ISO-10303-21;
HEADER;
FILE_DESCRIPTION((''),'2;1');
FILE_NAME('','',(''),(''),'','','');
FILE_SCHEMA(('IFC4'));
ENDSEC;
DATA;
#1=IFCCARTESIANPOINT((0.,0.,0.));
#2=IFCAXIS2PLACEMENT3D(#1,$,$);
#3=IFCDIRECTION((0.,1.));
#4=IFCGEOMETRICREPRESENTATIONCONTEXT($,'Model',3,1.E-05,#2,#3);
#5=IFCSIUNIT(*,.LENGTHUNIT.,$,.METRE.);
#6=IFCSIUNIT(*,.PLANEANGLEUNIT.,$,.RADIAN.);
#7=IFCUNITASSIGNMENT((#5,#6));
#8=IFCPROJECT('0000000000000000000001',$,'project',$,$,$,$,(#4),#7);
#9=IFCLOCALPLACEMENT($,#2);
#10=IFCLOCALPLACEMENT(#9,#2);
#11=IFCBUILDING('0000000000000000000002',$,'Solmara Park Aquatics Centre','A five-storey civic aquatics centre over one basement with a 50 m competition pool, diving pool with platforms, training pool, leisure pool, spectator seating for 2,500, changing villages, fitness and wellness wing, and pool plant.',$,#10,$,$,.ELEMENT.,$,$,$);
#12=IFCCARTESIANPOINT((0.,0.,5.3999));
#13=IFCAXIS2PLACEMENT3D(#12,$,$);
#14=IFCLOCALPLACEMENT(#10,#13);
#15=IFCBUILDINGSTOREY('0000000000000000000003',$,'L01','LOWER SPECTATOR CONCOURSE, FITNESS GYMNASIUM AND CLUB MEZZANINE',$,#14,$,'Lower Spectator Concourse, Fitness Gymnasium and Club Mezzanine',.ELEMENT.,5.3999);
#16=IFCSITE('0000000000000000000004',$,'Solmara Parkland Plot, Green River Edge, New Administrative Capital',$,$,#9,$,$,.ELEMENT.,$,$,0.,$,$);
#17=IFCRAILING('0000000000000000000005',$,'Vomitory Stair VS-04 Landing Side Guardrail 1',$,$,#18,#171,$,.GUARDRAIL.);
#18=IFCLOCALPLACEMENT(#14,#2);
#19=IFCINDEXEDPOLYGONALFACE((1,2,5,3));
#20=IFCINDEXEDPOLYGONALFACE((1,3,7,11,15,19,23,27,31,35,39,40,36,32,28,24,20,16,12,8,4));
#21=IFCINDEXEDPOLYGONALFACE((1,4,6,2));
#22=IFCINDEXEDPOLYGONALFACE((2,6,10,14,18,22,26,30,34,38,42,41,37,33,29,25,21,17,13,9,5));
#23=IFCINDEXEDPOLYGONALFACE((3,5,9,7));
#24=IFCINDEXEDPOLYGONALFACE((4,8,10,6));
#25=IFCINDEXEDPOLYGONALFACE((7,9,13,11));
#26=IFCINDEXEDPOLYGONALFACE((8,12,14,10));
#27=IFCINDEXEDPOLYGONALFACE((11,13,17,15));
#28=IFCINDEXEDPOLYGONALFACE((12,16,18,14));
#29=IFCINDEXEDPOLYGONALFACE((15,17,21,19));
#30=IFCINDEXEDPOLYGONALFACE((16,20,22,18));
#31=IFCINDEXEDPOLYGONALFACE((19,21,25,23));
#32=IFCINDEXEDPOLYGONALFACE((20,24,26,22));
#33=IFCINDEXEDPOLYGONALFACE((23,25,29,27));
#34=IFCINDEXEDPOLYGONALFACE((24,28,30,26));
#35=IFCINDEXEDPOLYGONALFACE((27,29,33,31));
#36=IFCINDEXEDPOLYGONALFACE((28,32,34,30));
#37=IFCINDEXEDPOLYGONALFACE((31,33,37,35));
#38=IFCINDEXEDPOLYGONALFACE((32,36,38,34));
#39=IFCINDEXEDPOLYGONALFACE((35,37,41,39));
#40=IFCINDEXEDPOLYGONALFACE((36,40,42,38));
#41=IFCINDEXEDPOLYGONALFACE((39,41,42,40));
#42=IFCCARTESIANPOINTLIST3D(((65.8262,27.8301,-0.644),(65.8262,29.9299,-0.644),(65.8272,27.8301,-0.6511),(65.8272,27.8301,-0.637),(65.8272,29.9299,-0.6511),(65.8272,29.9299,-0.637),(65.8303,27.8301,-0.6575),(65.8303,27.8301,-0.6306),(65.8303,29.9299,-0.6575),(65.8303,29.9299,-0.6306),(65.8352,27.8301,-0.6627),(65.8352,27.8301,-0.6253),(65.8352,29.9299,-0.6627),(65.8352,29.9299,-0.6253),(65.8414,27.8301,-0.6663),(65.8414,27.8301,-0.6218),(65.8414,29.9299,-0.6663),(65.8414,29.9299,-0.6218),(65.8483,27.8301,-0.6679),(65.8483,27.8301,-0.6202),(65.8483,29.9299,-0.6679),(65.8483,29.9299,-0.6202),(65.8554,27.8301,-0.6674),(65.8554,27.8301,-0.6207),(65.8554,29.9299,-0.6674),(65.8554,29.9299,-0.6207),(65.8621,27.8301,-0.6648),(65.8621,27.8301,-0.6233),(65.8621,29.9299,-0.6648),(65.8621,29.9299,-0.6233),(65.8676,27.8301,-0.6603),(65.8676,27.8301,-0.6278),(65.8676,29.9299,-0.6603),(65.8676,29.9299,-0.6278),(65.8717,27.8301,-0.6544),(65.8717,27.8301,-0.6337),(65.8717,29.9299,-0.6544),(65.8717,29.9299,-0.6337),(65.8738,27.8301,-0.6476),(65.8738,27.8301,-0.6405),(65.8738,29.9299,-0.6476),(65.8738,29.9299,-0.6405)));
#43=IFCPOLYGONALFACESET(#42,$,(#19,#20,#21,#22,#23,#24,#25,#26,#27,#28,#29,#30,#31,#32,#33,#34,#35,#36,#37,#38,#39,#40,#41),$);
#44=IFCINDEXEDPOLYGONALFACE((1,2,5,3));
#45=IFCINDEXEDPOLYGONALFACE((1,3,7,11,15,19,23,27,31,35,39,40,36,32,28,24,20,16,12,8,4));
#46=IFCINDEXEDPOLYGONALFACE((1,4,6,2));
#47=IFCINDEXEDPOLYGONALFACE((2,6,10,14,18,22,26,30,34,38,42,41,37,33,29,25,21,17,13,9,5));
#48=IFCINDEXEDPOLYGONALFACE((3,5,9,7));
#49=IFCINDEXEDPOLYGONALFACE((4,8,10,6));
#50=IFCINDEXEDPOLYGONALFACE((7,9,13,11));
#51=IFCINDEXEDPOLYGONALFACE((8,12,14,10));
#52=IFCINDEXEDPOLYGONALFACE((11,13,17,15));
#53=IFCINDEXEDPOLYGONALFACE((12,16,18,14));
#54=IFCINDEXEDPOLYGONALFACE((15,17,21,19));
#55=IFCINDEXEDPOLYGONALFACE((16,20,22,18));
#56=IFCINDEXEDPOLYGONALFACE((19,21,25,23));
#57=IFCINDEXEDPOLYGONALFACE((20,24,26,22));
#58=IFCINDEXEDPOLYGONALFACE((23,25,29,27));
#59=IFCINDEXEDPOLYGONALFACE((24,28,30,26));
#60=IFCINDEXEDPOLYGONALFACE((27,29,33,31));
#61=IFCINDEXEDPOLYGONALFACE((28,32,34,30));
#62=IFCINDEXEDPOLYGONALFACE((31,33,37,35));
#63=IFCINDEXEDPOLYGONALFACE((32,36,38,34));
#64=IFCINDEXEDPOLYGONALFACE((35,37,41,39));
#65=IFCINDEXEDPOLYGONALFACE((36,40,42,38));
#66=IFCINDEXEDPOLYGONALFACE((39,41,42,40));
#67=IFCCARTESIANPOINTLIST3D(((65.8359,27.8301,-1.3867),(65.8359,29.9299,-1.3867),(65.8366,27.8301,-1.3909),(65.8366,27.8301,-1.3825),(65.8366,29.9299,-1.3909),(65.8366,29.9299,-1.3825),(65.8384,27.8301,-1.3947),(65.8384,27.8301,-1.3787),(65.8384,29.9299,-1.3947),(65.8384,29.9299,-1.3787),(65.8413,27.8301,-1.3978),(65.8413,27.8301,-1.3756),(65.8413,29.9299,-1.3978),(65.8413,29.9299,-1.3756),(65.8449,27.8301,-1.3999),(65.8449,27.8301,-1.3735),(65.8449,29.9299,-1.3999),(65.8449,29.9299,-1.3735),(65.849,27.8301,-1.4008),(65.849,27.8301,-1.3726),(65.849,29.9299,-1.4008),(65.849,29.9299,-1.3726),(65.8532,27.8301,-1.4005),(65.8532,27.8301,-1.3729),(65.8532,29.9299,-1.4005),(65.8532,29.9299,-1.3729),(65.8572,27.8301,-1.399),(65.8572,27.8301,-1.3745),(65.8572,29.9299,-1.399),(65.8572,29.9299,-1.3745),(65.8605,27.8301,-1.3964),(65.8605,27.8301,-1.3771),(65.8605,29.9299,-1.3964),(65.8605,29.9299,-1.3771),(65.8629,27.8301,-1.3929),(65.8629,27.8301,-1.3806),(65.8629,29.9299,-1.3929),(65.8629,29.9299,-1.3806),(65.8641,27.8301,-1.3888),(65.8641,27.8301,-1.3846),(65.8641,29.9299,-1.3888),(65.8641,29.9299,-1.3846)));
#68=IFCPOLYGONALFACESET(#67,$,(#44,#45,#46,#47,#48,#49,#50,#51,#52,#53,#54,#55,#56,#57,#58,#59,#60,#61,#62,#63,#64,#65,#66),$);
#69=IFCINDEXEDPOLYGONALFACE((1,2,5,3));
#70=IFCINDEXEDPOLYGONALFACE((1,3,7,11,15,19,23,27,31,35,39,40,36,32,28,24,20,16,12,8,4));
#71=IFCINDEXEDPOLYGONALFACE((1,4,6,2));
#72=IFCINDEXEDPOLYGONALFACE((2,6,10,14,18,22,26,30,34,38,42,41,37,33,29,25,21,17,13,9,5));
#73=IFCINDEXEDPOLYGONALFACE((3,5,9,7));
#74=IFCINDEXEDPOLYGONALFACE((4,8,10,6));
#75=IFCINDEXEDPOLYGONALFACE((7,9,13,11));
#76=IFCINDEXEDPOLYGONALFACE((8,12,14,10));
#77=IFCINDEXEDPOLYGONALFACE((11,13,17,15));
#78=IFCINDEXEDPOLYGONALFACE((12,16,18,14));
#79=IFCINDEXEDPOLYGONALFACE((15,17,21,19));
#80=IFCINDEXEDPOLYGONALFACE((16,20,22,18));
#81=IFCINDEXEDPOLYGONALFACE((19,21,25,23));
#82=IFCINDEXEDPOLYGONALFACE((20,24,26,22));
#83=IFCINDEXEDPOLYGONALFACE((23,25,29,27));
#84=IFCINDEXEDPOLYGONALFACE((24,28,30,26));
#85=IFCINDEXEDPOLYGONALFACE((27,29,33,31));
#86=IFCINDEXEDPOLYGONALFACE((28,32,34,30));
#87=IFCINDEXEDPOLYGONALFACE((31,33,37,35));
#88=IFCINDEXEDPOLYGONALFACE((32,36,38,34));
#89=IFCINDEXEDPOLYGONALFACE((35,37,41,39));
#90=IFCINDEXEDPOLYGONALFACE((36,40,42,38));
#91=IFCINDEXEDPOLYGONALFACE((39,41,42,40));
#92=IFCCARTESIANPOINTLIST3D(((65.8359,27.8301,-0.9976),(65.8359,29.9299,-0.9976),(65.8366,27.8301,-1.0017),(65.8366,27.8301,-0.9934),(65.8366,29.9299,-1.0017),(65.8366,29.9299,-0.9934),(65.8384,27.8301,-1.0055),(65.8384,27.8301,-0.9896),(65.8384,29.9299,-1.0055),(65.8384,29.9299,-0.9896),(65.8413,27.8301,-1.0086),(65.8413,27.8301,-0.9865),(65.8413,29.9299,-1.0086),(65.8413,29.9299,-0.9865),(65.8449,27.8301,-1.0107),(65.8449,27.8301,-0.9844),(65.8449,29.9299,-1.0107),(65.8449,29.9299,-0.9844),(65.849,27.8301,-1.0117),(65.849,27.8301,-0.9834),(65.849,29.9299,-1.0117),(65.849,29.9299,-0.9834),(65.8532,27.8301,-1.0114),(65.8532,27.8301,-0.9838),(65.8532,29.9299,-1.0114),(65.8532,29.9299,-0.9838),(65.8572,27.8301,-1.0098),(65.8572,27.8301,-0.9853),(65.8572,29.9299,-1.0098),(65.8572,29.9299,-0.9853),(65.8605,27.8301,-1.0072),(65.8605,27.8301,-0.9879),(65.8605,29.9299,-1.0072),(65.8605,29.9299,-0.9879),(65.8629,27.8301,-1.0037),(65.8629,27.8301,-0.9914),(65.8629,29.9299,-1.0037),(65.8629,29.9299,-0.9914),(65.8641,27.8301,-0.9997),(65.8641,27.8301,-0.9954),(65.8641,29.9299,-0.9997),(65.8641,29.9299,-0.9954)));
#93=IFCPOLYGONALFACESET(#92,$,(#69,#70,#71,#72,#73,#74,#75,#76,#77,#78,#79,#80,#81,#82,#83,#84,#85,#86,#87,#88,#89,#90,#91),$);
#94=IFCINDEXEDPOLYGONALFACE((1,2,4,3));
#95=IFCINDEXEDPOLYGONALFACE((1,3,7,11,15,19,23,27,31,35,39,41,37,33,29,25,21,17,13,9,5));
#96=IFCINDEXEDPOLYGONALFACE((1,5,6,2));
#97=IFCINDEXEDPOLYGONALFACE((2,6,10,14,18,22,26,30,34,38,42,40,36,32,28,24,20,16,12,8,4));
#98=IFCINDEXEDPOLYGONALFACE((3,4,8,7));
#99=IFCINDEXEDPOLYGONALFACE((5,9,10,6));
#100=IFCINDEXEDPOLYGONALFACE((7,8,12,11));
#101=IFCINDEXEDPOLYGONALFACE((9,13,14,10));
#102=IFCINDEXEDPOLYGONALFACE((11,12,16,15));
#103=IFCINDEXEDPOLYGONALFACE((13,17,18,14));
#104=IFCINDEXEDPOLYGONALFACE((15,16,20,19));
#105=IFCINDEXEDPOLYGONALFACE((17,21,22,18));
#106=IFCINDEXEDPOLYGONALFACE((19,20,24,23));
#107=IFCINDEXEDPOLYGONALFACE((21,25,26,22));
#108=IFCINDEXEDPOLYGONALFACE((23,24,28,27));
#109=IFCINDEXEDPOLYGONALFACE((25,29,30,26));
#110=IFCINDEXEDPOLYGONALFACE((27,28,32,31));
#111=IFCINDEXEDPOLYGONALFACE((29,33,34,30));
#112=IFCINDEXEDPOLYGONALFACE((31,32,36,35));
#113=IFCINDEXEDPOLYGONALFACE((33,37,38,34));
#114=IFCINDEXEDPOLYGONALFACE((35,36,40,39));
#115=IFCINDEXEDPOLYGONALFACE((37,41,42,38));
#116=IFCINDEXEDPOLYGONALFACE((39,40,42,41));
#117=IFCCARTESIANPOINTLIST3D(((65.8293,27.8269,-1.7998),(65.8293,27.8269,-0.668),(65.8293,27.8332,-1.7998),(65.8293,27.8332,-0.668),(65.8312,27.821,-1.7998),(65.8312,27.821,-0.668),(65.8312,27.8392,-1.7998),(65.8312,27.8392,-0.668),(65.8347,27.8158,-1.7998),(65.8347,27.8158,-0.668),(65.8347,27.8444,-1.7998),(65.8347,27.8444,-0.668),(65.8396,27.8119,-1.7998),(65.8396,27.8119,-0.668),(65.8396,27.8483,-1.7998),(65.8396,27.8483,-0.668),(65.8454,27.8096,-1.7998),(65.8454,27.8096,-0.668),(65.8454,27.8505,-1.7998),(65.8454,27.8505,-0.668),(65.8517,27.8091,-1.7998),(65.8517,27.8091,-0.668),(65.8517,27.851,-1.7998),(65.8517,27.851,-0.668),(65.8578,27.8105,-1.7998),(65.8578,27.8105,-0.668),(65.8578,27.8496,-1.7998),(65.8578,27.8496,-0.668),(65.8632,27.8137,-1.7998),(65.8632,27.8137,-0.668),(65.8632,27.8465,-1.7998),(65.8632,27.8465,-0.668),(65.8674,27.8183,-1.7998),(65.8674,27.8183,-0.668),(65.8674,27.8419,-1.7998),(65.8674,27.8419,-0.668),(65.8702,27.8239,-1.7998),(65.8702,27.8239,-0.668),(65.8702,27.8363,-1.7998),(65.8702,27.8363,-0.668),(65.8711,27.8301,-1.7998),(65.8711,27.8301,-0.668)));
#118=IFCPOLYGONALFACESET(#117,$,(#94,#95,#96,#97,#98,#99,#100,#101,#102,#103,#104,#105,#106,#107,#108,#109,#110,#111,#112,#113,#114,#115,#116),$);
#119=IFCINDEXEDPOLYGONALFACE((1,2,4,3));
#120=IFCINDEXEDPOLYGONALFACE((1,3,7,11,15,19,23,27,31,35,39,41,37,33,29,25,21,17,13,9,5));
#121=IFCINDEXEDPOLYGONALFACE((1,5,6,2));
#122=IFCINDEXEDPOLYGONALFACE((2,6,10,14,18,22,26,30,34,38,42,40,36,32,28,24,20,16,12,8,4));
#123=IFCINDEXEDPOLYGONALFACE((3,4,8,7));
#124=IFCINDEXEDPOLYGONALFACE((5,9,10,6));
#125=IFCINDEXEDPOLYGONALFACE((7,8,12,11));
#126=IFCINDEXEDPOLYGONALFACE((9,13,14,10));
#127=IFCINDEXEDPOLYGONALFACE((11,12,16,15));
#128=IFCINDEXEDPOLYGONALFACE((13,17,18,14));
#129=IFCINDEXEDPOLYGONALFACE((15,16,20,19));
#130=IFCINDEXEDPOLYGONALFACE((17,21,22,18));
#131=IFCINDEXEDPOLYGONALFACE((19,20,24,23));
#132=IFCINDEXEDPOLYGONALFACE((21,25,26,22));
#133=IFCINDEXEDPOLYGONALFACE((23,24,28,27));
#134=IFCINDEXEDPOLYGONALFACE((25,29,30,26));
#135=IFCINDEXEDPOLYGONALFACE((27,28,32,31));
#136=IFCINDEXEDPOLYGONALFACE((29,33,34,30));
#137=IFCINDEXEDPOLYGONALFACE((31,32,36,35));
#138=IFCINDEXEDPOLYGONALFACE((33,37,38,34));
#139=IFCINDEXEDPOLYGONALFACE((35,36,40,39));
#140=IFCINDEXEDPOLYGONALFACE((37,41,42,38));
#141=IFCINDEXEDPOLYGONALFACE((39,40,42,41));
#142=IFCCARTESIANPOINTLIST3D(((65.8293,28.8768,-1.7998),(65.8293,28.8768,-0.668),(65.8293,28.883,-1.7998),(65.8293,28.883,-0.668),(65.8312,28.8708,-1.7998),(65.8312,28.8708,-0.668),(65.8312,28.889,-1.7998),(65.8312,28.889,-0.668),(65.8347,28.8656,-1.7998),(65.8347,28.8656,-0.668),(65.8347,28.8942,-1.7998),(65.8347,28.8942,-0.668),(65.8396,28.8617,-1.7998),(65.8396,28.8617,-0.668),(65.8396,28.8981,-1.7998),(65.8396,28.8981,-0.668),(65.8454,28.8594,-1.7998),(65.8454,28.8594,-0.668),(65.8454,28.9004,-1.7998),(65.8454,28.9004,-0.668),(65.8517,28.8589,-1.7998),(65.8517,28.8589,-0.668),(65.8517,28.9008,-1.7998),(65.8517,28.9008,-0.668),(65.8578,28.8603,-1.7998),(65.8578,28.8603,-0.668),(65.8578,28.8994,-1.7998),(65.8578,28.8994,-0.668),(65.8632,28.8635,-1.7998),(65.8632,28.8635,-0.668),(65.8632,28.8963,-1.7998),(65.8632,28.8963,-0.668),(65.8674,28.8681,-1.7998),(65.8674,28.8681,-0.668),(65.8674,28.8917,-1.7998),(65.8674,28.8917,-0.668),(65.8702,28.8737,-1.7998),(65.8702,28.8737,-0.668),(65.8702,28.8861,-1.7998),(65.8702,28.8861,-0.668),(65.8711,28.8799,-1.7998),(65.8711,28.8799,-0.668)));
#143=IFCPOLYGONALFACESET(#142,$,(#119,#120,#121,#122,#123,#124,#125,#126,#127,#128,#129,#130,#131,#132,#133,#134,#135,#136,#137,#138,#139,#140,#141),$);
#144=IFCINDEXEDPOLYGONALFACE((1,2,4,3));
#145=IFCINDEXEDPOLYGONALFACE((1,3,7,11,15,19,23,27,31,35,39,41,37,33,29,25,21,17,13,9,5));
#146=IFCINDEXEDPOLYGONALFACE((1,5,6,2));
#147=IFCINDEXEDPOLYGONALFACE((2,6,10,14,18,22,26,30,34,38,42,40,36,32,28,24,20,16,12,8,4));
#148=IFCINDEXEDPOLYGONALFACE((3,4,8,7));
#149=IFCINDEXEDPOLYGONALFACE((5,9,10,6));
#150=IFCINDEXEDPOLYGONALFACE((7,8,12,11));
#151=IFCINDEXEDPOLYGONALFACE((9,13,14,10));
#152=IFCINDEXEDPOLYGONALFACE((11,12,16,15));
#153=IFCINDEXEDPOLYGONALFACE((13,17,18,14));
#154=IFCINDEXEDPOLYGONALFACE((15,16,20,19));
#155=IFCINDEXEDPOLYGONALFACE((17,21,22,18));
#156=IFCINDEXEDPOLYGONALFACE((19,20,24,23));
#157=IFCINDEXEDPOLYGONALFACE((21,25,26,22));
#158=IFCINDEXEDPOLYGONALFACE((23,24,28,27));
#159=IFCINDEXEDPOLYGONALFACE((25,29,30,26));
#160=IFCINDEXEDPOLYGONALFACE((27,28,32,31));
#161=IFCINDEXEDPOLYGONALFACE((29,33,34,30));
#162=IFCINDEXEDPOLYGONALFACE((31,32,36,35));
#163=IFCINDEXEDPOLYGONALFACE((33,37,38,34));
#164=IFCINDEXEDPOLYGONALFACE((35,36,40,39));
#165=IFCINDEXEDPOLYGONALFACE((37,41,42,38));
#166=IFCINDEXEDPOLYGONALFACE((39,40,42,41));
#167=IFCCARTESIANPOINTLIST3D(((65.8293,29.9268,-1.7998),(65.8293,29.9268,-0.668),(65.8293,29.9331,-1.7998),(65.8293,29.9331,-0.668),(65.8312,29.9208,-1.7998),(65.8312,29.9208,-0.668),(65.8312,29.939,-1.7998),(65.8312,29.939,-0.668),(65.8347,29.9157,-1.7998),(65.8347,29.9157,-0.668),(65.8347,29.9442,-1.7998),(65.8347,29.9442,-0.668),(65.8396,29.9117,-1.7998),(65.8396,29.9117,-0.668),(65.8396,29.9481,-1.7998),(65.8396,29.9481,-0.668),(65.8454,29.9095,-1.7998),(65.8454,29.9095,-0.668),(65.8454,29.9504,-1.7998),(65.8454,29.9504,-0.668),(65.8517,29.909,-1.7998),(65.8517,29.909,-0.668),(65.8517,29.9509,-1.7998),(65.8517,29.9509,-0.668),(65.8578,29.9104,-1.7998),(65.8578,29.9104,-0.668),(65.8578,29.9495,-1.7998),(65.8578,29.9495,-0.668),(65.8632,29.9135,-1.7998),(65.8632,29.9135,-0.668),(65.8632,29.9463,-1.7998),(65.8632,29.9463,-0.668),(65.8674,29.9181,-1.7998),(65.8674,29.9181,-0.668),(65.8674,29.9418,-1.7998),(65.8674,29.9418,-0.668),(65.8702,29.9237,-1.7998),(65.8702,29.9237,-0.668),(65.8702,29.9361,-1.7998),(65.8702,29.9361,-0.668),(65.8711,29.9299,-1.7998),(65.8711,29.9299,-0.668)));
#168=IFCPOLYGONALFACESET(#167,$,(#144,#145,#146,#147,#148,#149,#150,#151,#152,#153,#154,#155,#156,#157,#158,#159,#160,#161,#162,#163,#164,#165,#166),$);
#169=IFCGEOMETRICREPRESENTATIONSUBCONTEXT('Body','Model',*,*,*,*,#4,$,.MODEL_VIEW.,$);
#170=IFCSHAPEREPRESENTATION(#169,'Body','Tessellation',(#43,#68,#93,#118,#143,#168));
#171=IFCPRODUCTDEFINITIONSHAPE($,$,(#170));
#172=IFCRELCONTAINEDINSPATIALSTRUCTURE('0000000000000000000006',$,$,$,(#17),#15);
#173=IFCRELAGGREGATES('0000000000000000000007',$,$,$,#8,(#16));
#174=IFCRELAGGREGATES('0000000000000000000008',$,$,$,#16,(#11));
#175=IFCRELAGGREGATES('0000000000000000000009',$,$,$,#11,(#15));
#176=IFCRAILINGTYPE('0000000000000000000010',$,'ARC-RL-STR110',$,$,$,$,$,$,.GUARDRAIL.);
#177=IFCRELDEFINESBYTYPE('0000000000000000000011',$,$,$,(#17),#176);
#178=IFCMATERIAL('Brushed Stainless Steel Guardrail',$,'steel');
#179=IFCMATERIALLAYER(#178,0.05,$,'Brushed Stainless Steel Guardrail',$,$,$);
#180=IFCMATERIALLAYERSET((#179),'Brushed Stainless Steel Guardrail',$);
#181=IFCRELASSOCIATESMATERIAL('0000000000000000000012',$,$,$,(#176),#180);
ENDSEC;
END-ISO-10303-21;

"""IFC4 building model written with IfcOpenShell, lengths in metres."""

from ifc_helpers import new_model, si_unit, direction, frame, origin, origin_2d, place, context, subcontext, project, spatial, circle, extrude, material, layer, layer_set, type_object, element, save


model = new_model("IFC4")

# Units and contexts
model_context = context("Model", 3, precision=1e-05, world=origin(), true_north=direction((0.0, 1.0)))
body_context = subcontext(model_context, "Body", "Model", "MODEL_VIEW")
ifc_project = project(units=[si_unit("LENGTHUNIT", "METRE"), si_unit("PLANEANGLEUNIT", "RADIAN")], contexts=[model_context])

# Site, building, storey
site_placement = place(None, origin())
site = spatial("IfcSite", under=ifc_project, at=site_placement, Name="Solmara Parkland Plot, Green River Edge, New Administrative Capital", CompositionType="ELEMENT", RefElevation=0.0)
building_placement = place(site_placement, origin())
building = spatial("IfcBuilding", under=site, at=building_placement, Name="Solmara Park Aquatics Centre", Description="A five-storey civic aquatics centre over one basement with a 50 m competition pool, diving pool with platforms, training pool, leisure pool, spectator seating for 2,500, changing villages, fitness and wellness wing, and pool plant.", CompositionType="ELEMENT")
storey_placement = place(building_placement, frame((0.0, 0.0, 5.3999)))
storey = spatial("IfcBuildingStorey", under=building, at=storey_placement, Name="L01", Description="LOWER SPECTATOR CONCOURSE, FITNESS GYMNASIUM AND CLUB MEZZANINE", LongName="Lower Spectator Concourse, Fitness Gymnasium and Club Mezzanine", CompositionType="ELEMENT", Elevation=5.3999)

# Railing
ifc_material_1 = material(Name="Brushed Stainless Steel Guardrail", Category="steel")
ifc_layer_1 = layer(ifc_material_1, 0.05, Name="Brushed Stainless Steel Guardrail")
ifc_layer_set_1 = layer_set([ifc_layer_1], Name="Brushed Stainless Steel Guardrail")
railing_type_1 = type_object("IfcRailingType", Name="ARC-RL-STR110", PredefinedType="GUARDRAIL", material=ifc_layer_set_1)
railing_1_placement = place(storey_placement, frame((65.8501, 27.8301, -1.7998)))
element("IfcRailing", 1, at=railing_1_placement, inside=storey, type_object=railing_type_1, Name="Vomitory Stair VS-04 Landing Side Guardrail 1", PredefinedType="GUARDRAIL", context=body_context, shape_type="SweptSolid", body=[
    extrude(circle(Radius=0.0239, at=origin_2d()), frame((0.0, 0.0, 1.1558), z_axis=(0.0, 1.0, 0.0), x_axis=(-1.0, 0.0, 0.0)), (0.0, 0.0, 1.0), 2.0999),
    extrude(circle(Radius=0.0142, at=origin_2d()), frame((0.0, 0.0, 0.4131), z_axis=(0.0, 1.0, 0.0), x_axis=(-1.0, 0.0, 0.0)), (0.0, 0.0, 1.0), 2.0999),
    extrude(circle(Radius=0.0142, at=origin_2d()), frame((0.0, 0.0, 0.8022), z_axis=(0.0, 1.0, 0.0), x_axis=(-1.0, 0.0, 0.0)), (0.0, 0.0, 1.0), 2.0999),
    extrude(circle(Radius=0.021, at=origin_2d()), origin(), (0.0, 0.0, 1.0), 1.1318),
    extrude(circle(Radius=0.021, at=origin_2d()), frame((0.0, 1.0498, 0.0)), (0.0, 0.0, 1.0), 1.1318),
    extrude(circle(Radius=0.021, at=origin_2d()), frame((0.0, 2.0999, 0.0)), (0.0, 0.0, 1.0), 1.1318),
])

save(model, "model.ifc")
